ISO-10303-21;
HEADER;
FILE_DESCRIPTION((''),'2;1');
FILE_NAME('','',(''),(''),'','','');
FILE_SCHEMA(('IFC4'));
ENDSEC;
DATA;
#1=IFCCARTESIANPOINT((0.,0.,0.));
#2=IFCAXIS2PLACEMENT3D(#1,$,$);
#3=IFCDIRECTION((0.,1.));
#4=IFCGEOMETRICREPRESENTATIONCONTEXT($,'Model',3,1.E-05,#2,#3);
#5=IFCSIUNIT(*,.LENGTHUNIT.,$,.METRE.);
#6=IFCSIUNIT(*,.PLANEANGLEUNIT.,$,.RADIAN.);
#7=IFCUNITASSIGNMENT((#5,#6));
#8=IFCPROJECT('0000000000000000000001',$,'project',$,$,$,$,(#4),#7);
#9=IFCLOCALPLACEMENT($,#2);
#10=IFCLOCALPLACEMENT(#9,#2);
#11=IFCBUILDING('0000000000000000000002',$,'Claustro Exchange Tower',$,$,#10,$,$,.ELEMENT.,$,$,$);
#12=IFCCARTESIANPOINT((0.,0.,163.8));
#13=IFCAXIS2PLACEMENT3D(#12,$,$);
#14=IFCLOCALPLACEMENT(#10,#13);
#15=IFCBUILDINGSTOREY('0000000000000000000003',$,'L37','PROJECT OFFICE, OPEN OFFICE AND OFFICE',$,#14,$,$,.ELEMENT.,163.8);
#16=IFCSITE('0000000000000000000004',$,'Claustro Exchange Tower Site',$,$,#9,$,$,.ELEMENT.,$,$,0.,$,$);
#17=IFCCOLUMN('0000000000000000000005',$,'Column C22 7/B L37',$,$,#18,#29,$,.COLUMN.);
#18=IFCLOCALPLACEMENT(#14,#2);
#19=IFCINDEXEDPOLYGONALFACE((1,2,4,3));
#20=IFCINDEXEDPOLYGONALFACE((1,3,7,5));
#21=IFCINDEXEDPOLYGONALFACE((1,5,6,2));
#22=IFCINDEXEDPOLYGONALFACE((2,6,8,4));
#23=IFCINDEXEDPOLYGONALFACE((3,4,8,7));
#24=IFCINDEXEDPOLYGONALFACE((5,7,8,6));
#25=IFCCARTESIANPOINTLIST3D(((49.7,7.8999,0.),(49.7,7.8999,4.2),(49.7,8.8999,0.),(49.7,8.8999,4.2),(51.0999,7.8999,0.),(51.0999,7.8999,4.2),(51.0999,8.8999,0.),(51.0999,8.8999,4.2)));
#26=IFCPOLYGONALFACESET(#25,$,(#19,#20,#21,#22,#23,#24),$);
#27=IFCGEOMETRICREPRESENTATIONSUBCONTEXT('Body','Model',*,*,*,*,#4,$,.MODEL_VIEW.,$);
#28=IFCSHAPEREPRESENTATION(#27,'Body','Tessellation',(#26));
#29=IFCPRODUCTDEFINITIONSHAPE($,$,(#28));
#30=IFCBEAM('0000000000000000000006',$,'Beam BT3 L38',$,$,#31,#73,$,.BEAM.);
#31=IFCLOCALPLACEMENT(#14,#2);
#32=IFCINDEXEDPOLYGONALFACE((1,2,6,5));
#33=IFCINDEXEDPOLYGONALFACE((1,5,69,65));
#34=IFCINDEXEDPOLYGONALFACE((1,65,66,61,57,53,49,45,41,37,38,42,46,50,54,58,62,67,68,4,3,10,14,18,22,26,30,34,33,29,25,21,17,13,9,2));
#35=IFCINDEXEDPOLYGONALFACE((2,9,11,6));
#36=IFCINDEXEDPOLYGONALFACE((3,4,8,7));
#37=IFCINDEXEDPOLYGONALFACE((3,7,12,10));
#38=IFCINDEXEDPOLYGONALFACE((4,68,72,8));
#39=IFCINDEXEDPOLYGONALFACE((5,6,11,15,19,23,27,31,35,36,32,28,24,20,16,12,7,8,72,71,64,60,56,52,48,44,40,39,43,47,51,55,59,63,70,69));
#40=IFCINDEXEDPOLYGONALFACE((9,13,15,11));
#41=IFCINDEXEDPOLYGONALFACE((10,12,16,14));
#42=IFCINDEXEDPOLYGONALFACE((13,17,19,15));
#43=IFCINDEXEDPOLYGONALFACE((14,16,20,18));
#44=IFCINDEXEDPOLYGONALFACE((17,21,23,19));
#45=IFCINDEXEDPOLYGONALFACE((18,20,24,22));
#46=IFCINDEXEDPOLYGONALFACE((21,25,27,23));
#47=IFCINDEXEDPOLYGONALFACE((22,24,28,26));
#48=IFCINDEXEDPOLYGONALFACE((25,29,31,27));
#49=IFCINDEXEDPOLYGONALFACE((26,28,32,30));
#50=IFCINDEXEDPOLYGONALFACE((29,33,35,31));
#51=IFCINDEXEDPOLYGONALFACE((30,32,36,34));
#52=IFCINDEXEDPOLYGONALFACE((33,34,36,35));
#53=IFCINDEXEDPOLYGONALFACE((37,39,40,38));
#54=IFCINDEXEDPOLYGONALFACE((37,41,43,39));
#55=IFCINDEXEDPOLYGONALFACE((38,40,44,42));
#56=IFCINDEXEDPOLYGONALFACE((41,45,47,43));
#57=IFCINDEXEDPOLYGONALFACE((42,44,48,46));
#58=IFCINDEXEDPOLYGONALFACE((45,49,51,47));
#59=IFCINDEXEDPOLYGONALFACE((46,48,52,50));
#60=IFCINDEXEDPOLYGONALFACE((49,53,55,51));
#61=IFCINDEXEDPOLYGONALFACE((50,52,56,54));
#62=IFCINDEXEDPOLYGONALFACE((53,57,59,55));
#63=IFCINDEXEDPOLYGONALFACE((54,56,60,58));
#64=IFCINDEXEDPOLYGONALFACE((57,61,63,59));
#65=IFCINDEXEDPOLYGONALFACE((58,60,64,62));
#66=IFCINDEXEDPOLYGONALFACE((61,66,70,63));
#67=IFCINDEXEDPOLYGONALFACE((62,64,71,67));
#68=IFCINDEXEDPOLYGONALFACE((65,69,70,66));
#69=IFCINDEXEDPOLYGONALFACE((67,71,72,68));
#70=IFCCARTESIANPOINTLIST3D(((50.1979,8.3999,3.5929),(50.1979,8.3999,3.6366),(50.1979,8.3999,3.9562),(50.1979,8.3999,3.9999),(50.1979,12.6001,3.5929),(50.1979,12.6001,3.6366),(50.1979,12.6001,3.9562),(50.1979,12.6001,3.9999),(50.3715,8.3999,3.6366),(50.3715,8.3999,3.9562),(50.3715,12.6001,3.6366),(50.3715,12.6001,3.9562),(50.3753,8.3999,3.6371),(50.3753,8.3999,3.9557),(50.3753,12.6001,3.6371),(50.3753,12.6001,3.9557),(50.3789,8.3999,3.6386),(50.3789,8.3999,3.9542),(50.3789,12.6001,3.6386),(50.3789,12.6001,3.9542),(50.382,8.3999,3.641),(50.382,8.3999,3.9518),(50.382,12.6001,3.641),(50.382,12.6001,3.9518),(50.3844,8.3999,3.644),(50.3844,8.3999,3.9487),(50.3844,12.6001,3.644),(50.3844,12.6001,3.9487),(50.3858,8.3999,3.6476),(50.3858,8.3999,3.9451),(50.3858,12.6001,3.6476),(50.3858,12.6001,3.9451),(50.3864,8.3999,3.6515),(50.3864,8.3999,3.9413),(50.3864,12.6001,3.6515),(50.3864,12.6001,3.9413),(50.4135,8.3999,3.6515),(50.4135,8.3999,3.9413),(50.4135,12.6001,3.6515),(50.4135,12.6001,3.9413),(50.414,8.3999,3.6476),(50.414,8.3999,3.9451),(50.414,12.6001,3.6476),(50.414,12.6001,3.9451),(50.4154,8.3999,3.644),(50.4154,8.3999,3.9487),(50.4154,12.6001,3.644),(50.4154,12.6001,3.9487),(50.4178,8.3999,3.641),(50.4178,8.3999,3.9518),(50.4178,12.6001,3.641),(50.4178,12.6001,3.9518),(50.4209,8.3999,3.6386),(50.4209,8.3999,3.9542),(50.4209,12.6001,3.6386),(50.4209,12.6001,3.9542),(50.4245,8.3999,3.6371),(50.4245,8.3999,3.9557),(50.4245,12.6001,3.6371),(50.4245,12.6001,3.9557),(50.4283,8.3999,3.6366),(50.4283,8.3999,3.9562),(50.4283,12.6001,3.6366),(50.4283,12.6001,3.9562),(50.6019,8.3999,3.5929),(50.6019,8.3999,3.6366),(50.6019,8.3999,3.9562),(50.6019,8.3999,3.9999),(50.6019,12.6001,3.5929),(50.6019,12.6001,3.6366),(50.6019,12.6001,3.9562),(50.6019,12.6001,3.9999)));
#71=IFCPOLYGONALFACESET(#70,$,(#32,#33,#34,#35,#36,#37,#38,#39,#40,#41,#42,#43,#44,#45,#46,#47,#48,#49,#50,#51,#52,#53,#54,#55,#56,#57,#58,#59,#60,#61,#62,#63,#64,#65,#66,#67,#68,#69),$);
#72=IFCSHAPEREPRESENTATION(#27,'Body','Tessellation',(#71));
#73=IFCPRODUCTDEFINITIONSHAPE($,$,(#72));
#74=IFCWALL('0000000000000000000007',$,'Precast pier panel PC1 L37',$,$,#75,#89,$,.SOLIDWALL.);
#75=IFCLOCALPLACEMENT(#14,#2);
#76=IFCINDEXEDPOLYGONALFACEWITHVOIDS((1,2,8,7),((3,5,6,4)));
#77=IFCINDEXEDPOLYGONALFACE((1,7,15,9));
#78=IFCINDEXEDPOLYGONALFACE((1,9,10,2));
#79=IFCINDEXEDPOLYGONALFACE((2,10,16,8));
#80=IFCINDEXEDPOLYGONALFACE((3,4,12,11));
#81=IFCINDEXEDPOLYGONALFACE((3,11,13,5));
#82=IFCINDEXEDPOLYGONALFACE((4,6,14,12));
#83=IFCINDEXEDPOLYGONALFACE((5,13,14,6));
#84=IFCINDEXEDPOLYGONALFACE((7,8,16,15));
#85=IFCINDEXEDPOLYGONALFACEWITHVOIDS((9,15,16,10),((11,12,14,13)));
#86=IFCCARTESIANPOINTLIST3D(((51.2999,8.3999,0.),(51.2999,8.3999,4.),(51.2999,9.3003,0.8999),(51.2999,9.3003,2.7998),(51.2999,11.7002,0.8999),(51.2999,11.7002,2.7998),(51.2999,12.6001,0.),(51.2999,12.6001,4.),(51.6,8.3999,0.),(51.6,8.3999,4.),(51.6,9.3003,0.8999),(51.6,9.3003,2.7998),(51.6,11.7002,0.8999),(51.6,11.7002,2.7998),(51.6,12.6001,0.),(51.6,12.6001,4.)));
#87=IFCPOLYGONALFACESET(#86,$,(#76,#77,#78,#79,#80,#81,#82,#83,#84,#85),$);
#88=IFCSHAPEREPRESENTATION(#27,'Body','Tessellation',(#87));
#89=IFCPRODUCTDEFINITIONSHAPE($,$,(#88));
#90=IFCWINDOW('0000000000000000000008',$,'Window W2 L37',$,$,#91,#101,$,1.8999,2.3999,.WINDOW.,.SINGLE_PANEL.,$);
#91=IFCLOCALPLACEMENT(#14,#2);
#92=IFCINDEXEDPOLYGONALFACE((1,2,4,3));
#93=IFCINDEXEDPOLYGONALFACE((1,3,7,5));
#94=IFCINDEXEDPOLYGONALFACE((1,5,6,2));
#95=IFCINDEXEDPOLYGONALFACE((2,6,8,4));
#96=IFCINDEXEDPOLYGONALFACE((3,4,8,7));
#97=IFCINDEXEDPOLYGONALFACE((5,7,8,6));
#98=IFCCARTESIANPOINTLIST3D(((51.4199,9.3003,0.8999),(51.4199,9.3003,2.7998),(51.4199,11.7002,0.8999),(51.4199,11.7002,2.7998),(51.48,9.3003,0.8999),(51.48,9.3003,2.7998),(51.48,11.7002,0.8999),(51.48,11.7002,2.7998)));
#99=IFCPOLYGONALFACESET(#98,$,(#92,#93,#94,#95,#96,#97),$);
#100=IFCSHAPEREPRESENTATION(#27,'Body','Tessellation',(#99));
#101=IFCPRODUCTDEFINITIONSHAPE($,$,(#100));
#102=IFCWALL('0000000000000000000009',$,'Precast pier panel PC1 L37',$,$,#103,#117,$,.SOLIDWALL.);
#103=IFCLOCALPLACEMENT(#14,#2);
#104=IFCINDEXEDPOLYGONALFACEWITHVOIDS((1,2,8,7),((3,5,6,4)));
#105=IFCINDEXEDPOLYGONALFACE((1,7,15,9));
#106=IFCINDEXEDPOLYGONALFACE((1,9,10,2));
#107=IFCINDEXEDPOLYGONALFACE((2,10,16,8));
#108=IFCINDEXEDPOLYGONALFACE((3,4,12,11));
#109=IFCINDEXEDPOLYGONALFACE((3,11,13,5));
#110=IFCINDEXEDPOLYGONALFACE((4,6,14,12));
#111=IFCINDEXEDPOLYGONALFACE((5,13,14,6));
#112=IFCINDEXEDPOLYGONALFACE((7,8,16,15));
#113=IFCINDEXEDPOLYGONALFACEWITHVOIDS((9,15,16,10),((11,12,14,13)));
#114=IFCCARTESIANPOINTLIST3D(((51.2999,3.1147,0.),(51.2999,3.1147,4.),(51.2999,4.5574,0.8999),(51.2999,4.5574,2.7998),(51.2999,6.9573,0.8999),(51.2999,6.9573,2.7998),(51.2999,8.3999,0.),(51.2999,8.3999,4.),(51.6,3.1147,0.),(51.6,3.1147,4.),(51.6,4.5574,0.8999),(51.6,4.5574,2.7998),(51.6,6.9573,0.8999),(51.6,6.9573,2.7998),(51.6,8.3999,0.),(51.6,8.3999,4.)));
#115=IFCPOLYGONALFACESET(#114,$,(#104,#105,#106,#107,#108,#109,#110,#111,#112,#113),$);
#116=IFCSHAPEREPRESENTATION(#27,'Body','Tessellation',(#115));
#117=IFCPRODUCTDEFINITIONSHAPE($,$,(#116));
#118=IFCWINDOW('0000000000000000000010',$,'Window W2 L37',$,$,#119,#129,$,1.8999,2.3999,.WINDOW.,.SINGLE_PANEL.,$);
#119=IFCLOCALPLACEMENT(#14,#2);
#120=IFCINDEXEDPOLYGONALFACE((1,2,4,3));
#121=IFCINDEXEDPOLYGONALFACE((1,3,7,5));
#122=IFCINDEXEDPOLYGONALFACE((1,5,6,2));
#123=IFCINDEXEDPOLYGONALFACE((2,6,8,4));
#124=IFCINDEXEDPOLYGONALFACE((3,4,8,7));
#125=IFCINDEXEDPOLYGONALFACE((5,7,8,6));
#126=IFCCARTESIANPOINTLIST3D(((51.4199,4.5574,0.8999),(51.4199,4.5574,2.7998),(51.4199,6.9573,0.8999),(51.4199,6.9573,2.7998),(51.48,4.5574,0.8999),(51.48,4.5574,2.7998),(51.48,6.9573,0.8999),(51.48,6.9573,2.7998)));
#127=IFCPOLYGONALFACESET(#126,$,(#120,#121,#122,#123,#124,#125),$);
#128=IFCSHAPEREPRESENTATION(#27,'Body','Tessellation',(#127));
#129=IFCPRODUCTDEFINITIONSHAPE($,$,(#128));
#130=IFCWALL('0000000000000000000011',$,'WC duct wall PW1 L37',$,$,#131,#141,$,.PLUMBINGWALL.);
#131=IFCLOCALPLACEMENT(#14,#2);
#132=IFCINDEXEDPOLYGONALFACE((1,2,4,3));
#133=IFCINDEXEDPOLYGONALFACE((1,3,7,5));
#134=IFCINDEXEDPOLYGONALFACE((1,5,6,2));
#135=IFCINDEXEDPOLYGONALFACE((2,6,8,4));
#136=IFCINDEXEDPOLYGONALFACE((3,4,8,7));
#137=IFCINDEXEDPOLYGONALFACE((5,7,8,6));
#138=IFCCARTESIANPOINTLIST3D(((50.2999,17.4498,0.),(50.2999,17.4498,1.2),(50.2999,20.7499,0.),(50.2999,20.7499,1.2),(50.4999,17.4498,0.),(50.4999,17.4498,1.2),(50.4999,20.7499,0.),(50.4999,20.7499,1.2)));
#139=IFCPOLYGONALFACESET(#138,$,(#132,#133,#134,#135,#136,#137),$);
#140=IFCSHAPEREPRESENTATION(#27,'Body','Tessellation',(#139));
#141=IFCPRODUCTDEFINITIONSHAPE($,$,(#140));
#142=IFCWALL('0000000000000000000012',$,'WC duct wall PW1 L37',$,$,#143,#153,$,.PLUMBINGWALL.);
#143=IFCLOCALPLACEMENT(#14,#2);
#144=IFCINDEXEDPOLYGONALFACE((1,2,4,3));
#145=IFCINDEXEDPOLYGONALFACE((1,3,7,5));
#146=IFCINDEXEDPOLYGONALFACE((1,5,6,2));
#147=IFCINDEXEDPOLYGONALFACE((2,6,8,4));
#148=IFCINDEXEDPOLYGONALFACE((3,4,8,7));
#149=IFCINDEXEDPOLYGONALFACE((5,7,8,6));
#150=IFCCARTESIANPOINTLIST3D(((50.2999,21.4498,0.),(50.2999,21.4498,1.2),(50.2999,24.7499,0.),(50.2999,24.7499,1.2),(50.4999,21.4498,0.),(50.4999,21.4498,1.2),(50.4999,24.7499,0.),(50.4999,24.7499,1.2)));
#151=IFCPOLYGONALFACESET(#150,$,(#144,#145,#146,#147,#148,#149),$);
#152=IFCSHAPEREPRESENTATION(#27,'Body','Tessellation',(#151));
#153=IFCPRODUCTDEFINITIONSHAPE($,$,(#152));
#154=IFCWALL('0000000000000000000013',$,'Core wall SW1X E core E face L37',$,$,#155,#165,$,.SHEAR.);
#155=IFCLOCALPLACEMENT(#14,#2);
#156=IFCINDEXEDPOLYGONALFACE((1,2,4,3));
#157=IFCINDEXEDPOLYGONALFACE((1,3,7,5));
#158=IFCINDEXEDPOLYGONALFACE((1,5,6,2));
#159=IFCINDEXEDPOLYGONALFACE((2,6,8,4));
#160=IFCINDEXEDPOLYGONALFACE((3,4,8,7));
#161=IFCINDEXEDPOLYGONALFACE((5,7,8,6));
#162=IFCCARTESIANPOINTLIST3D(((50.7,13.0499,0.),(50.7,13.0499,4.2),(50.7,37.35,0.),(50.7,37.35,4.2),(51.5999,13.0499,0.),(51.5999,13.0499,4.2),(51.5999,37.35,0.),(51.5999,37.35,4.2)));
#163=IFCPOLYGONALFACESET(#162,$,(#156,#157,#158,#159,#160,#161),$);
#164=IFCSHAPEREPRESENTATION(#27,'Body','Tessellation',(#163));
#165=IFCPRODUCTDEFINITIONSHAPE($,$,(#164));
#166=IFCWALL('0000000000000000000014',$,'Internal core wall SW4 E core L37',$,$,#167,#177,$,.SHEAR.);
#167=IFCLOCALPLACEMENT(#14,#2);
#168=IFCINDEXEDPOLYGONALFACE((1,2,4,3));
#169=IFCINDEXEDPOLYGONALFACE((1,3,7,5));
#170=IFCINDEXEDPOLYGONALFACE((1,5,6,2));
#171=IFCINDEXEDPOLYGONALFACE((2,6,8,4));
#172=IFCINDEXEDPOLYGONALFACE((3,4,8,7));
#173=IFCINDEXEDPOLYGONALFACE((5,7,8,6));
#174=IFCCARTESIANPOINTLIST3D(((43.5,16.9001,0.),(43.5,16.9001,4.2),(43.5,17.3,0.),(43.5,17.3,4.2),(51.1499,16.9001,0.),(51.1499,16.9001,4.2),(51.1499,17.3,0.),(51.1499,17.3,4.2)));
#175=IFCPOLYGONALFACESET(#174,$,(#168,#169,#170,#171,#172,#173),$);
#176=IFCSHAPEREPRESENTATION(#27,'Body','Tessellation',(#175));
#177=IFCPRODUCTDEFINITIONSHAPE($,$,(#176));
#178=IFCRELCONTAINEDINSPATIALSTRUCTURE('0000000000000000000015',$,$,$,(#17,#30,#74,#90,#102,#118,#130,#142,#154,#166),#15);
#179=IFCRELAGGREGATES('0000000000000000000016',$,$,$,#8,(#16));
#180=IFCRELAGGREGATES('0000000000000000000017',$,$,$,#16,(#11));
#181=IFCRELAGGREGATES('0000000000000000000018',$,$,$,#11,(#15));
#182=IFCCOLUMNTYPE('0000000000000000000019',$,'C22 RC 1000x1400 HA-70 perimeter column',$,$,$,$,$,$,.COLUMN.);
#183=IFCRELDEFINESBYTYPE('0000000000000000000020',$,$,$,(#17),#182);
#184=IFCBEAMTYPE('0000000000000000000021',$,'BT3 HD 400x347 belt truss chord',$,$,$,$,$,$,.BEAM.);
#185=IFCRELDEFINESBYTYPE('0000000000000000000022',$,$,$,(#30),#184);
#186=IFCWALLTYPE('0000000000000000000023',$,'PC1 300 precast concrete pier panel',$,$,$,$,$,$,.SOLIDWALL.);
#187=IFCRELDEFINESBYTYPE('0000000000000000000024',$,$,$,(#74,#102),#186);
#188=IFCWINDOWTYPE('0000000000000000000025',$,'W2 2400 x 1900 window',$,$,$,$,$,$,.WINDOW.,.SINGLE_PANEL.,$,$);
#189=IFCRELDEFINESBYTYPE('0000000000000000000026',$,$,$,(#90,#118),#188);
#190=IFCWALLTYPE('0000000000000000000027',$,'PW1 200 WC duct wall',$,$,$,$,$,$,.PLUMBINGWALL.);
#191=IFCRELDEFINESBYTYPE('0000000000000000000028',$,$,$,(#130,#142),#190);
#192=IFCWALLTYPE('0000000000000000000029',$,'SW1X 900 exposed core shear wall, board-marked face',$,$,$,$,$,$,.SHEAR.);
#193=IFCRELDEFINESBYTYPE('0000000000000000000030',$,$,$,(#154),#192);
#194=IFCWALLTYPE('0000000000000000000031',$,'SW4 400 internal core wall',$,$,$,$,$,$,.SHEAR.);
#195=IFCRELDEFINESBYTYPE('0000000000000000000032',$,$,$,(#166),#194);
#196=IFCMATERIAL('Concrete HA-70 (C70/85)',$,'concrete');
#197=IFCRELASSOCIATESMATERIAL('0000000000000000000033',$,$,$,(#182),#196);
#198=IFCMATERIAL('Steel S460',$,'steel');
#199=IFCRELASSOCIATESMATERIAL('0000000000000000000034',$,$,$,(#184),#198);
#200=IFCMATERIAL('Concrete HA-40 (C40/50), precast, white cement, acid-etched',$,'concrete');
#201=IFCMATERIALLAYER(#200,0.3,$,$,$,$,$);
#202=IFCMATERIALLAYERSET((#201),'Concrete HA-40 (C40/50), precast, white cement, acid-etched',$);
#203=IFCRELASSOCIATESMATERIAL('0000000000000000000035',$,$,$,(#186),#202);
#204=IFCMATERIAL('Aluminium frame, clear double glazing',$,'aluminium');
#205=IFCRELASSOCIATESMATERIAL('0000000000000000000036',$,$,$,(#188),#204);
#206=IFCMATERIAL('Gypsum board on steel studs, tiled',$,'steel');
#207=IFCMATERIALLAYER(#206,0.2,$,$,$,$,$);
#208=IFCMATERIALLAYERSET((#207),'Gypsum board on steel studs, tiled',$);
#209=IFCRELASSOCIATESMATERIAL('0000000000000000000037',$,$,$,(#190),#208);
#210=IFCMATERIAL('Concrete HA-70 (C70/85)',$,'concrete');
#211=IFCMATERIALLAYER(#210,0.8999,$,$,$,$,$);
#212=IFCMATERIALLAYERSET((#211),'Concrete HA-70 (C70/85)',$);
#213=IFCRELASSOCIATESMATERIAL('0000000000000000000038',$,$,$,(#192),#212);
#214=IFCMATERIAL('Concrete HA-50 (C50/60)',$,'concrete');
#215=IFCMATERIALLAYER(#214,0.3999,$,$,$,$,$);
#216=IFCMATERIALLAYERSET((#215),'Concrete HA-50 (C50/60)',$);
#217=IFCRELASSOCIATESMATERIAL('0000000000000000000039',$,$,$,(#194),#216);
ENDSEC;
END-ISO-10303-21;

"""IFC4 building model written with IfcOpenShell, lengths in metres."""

from ifc_helpers import new_model, si_unit, direction, frame, frame_2d, origin, origin_2d, place, context, subcontext, project, spatial, rectangle, i_section, extrude, material, layer, layer_set, material_profile, profile_set, type_object, element, fill, save


model = new_model("IFC4")

# Units and contexts
model_context = context("Model", 3, precision=1e-05, world=origin(), true_north=direction((0.0, 1.0)))
body_context = subcontext(model_context, "Body", "Model", "MODEL_VIEW")
ifc_project = project(units=[si_unit("LENGTHUNIT", "METRE"), si_unit("PLANEANGLEUNIT", "RADIAN")], contexts=[model_context])

# Site, building, storey
site_placement = place(None, origin())
site = spatial("IfcSite", under=ifc_project, at=site_placement, Name="Claustro Exchange Tower Site", CompositionType="ELEMENT", RefElevation=0.0)
building_placement = place(site_placement, origin())
building = spatial("IfcBuilding", under=site, at=building_placement, Name="Claustro Exchange Tower", CompositionType="ELEMENT")
storey_placement = place(building_placement, frame((0.0, 0.0, 163.8)))
storey = spatial("IfcBuildingStorey", under=building, at=storey_placement, Name="L37", Description="PROJECT OFFICE, OPEN OFFICE AND OFFICE", CompositionType="ELEMENT", Elevation=163.8)

# Column
ifc_material_1 = material(Name="Concrete HA-70 (C70/85)", Category="concrete")
ifc_material_profile_1 = material_profile(ifc_material_1, rectangle(XDim=1.0, YDim=1.3999, at=origin_2d()), Name="RC 1000x1400")
ifc_profile_set_1 = profile_set([ifc_material_profile_1], Name="Concrete HA-70 (C70/85)")
column_type = type_object("IfcColumnType", Name="C22 RC 1000x1400 HA-70 perimeter column", PredefinedType="COLUMN", material=ifc_profile_set_1)
column_placement = place(storey_placement, frame((50.3999, 8.3999, 0.0), z_axis=(0.0, 0.0, 1.0), x_axis=(0.0, 1.0, 0.0)))
element("IfcColumn", 1, at=column_placement, inside=storey, type_object=column_type, Name="Column C22 7/B L37", PredefinedType="COLUMN", context=body_context, shape_type="SweptSolid", body=[
    extrude(rectangle(XDim=1.0, YDim=1.3999, at=origin_2d()), origin(), (0.0, 0.0, 1.0), 4.2),
])

# Beam
ifc_material_2 = material(Name="Steel S460", Category="steel")
ifc_material_profile_2 = material_profile(ifc_material_2, i_section(OverallWidth=0.4041, OverallDepth=0.407, WebThickness=0.0271, FlangeThickness=0.0437, FilletRadius=0.0149, at=origin_2d()), Name="HD 400x347")
ifc_profile_set_2 = profile_set([ifc_material_profile_2], Name="Steel S460")
beam_type = type_object("IfcBeamType", Name="BT3 HD 400x347 belt truss chord", PredefinedType="BEAM", material=ifc_profile_set_2)
beam_placement = place(storey_placement, frame((50.3999, 8.3999, 3.7964), z_axis=(0.0, 1.0, 0.0), x_axis=(-1.0, 0.0, 0.0)))
element("IfcBeam", 2, at=beam_placement, inside=storey, type_object=beam_type, Name="Beam BT3 L38", PredefinedType="BEAM", context=body_context, shape_type="SweptSolid", body=[
    extrude(i_section(OverallWidth=0.4041, OverallDepth=0.407, WebThickness=0.0271, FlangeThickness=0.0437, FilletRadius=0.0149, at=origin_2d()), origin(), (0.0, 0.0, 1.0), 4.2002),
])

# Walls, openings, windows
ifc_material_3 = material(Name="Concrete HA-40 (C40/50), precast, white cement, acid-etched", Category="concrete")
ifc_layer_1 = layer(ifc_material_3, 0.3)
ifc_layer_set_1 = layer_set([ifc_layer_1], Name="Concrete HA-40 (C40/50), precast, white cement, acid-etched")
wall_type_1 = type_object("IfcWallType", Name="PC1 300 precast concrete pier panel", PredefinedType="SOLIDWALL", material=ifc_layer_set_1)
wall_1_placement = place(storey_placement, frame((51.45, 12.6001, 0.0), z_axis=(0.0, 0.0, 1.0), x_axis=(0.0, -1.0, 0.0)))
wall_1 = element("IfcWall", 3, at=wall_1_placement, inside=storey, type_object=wall_type_1, Name="Precast pier panel PC1 L37", PredefinedType="SOLIDWALL", context=body_context, shape_type="SweptSolid", body=[
    extrude(rectangle(XDim=4.2002, YDim=0.3, at=frame_2d((2.1001, 0.0))), origin(), (0.0, 0.0, 1.0), 4.0),
])
opening_1_placement = place(wall_1_placement, frame((0.8999, 0.0, 0.8999)))
opening_1 = element("IfcOpeningElement", 4, at=opening_1_placement, cuts=wall_1, PredefinedType="OPENING", context=body_context, shape_type="SweptSolid", body=[
    extrude(rectangle(XDim=2.3999, YDim=1.8999, at=frame_2d((1.2, 0.95))), frame((0.0, 0.1599, 0.0), z_axis=(0.0, -1.0, 0.0), x_axis=(1.0, 0.0, 0.0)), (0.0, 0.0, 1.0), 0.3201),
])
ifc_material_4 = material(Name="Aluminium frame, clear double glazing", Category="aluminium")
window_type = type_object("IfcWindowType", Name="W2 2400 x 1900 window", PartitioningType="SINGLE_PANEL", PredefinedType="WINDOW", material=ifc_material_4)
window_1_placement = place(opening_1_placement, origin())
window_1 = element("IfcWindow", 5, at=window_1_placement, inside=storey, type_object=window_type, Name="Window W2 L37", OverallHeight=1.8999, OverallWidth=2.3999, PartitioningType="SINGLE_PANEL", PredefinedType="WINDOW", context=body_context, shape_type="SweptSolid", body=[
    extrude(rectangle(XDim=2.3999, YDim=1.8999, at=frame_2d((1.2, 0.95))), frame((0.0, 0.03, 0.0), z_axis=(0.0, -1.0, 0.0), x_axis=(1.0, 0.0, 0.0)), (0.0, 0.0, 1.0), 0.0601),
])
fill(opening_1, window_1)
wall_2_placement = place(storey_placement, frame((51.45, 8.3999, 0.0), z_axis=(0.0, 0.0, 1.0), x_axis=(0.0, -1.0, 0.0)))
wall_2 = element("IfcWall", 6, at=wall_2_placement, inside=storey, type_object=wall_type_1, Name="Precast pier panel PC1 L37", PredefinedType="SOLIDWALL", context=body_context, shape_type="SweptSolid", body=[
    extrude(rectangle(XDim=5.2852, YDim=0.3, at=frame_2d((2.6426, 0.0))), origin(), (0.0, 0.0, 1.0), 4.0),
])
opening_2_placement = place(wall_2_placement, frame((1.4426, 0.0, 0.8999)))
opening_2 = element("IfcOpeningElement", 7, at=opening_2_placement, cuts=wall_2, PredefinedType="OPENING", context=body_context, shape_type="SweptSolid", body=[
    extrude(rectangle(XDim=2.3999, YDim=1.8999, at=frame_2d((1.2, 0.95))), frame((0.0, 0.1599, 0.0), z_axis=(0.0, -1.0, 0.0), x_axis=(1.0, 0.0, 0.0)), (0.0, 0.0, 1.0), 0.3201),
])
window_2_placement = place(opening_2_placement, origin())
window_2 = element("IfcWindow", 8, at=window_2_placement, inside=storey, type_object=window_type, Name="Window W2 L37", OverallHeight=1.8999, OverallWidth=2.3999, PartitioningType="SINGLE_PANEL", PredefinedType="WINDOW", context=body_context, shape_type="SweptSolid", body=[
    extrude(rectangle(XDim=2.3999, YDim=1.8999, at=frame_2d((1.2, 0.95))), frame((0.0, 0.03, 0.0), z_axis=(0.0, -1.0, 0.0), x_axis=(1.0, 0.0, 0.0)), (0.0, 0.0, 1.0), 0.0601),
])
fill(opening_2, window_2)

# Walls
ifc_material_5 = material(Name="Gypsum board on steel studs, tiled", Category="steel")
ifc_layer_2 = layer(ifc_material_5, 0.2)
ifc_layer_set_2 = layer_set([ifc_layer_2], Name="Gypsum board on steel studs, tiled")
wall_type_2 = type_object("IfcWallType", Name="PW1 200 WC duct wall", PredefinedType="PLUMBINGWALL", material=ifc_layer_set_2)
for number, where, z_axis, x_axis, name in (
    (9, (50.3999, 17.45, 0.0), (0.0, 0.0, 1.0), (0.0, 1.0, 0.0), "WC duct wall PW1 L37"),
    (10, (50.3999, 21.45, 0.0), (0.0, 0.0, 1.0), (0.0, 1.0, 0.0), "WC duct wall PW1 L37"),
):
    element("IfcWall", number, at=place(storey_placement, frame(where, z_axis=z_axis, x_axis=x_axis)), inside=storey, type_object=wall_type_2, Name=name, PredefinedType="PLUMBINGWALL", context=body_context, shape_type="SweptSolid", body=[
        extrude(rectangle(XDim=3.3, YDim=0.2, at=frame_2d((1.6499, 0.0))), origin(), (0.0, 0.0, 1.0), 1.2),
    ])
ifc_material_6 = material(Name="Concrete HA-70 (C70/85)", Category="concrete")
ifc_layer_3 = layer(ifc_material_6, 0.8999)
ifc_layer_set_3 = layer_set([ifc_layer_3], Name="Concrete HA-70 (C70/85)")
wall_type_3 = type_object("IfcWallType", Name="SW1X 900 exposed core shear wall, board-marked face", PredefinedType="SHEAR", material=ifc_layer_set_3)
wall_3_placement = place(storey_placement, frame((51.1499, 13.05, 0.0), z_axis=(0.0, 0.0, 1.0), x_axis=(0.0, 1.0, 0.0)))
element("IfcWall", 11, at=wall_3_placement, inside=storey, type_object=wall_type_3, Name="Core wall SW1X E core E face L37", PredefinedType="SHEAR", context=body_context, shape_type="SweptSolid", body=[
    extrude(rectangle(XDim=24.3, YDim=0.8999, at=frame_2d((12.1499, 0.0))), origin(), (0.0, 0.0, 1.0), 4.2),
])
ifc_material_7 = material(Name="Concrete HA-50 (C50/60)", Category="concrete")
ifc_layer_4 = layer(ifc_material_7, 0.3999)
ifc_layer_set_4 = layer_set([ifc_layer_4], Name="Concrete HA-50 (C50/60)")
wall_type_4 = type_object("IfcWallType", Name="SW4 400 internal core wall", PredefinedType="SHEAR", material=ifc_layer_set_4)
for number, where, z_axis, x_axis, name in (
    (12, (51.1499, 17.1001, 0.0), (0.0, 0.0, 1.0), (-1.0, 0.0, 0.0), "Internal core wall SW4 E core L37"),
):
    element("IfcWall", number, at=place(storey_placement, frame(where, z_axis=z_axis, x_axis=x_axis)), inside=storey, type_object=wall_type_4, Name=name, PredefinedType="SHEAR", context=body_context, shape_type="SweptSolid", body=[
        extrude(rectangle(XDim=7.6499, YDim=0.3999, at=frame_2d((3.825, 0.0))), origin(), (0.0, 0.0, 1.0), 4.2),
    ])

save(model, "model.ifc")
